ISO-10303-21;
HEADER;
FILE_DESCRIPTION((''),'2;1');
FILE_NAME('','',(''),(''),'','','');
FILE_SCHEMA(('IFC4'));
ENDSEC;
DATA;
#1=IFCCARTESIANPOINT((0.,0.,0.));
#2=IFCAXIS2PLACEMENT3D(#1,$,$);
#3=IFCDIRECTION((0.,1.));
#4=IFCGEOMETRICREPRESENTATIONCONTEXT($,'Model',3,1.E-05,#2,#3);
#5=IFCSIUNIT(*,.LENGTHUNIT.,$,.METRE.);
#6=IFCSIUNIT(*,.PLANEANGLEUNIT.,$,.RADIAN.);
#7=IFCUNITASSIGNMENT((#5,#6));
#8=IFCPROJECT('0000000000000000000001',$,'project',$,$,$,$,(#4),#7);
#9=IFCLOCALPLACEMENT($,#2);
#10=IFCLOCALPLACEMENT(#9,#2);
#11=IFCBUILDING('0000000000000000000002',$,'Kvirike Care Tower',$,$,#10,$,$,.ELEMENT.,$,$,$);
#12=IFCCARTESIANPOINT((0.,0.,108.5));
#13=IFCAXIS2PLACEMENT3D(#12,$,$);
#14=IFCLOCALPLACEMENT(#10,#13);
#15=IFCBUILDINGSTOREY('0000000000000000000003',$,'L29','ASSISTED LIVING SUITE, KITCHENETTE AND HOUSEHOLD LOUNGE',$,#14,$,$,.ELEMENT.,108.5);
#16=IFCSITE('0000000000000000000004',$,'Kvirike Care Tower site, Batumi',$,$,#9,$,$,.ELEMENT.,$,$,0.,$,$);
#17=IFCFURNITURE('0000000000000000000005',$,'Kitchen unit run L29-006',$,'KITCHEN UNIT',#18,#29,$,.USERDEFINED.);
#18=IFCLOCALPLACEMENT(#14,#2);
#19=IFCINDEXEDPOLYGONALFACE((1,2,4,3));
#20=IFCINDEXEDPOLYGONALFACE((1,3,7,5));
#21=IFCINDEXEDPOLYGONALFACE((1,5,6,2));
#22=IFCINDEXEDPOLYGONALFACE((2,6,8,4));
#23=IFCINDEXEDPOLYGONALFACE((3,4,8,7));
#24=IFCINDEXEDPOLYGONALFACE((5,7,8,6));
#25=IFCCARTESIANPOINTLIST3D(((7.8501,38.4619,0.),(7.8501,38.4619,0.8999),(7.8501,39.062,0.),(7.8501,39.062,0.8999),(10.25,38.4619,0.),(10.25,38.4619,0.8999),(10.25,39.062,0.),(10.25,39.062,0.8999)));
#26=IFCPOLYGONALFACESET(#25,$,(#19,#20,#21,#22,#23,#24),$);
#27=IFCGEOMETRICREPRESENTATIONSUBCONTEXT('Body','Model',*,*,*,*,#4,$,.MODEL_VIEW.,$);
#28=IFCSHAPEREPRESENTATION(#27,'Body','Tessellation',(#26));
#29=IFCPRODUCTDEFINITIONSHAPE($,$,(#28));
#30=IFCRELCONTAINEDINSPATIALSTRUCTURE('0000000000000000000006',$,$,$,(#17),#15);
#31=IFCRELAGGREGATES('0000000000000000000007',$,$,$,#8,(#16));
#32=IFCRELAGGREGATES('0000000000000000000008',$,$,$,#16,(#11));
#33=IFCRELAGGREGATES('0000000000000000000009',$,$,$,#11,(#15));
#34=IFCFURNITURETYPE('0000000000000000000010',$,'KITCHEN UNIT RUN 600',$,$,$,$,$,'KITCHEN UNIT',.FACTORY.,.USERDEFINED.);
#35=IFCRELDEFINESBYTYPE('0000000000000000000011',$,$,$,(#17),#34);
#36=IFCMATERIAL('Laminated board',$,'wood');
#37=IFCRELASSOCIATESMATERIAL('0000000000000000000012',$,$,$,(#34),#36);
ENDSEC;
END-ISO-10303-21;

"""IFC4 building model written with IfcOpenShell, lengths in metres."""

from ifc_helpers import new_model, si_unit, direction, frame, origin, origin_2d, place, context, subcontext, project, spatial, rectangle, extrude, material, type_object, element, save


model = new_model("IFC4")

# Units and contexts
model_context = context("Model", 3, precision=1e-05, world=origin(), true_north=direction((0.0, 1.0)))
body_context = subcontext(model_context, "Body", "Model", "MODEL_VIEW")
ifc_project = project(units=[si_unit("LENGTHUNIT", "METRE"), si_unit("PLANEANGLEUNIT", "RADIAN")], contexts=[model_context])

# Site, building, storey
site_placement = place(None, origin())
site = spatial("IfcSite", under=ifc_project, at=site_placement, Name="Kvirike Care Tower site, Batumi", CompositionType="ELEMENT", RefElevation=0.0)
building_placement = place(site_placement, origin())
building = spatial("IfcBuilding", under=site, at=building_placement, Name="Kvirike Care Tower", CompositionType="ELEMENT")
storey_placement = place(building_placement, frame((0.0, 0.0, 108.5)))
storey = spatial("IfcBuildingStorey", under=building, at=storey_placement, Name="L29", Description="ASSISTED LIVING SUITE, KITCHENETTE AND HOUSEHOLD LOUNGE", CompositionType="ELEMENT", Elevation=108.5)

# Furniture
ifc_material_1 = material(Name="Laminated board", Category="wood")
furniture_type = type_object("IfcFurnitureType", Name="KITCHEN UNIT RUN 600", ElementType="KITCHEN UNIT", AssemblyPlace="FACTORY", PredefinedType="USERDEFINED", material=ifc_material_1)
furniture_placement = place(storey_placement, frame((9.05, 38.762, 0.0), z_axis=(0.0, 0.0, 1.0), x_axis=(-1.0, 0.0, 0.0)))
element("IfcFurniture", 1, at=furniture_placement, inside=storey, type_object=furniture_type, Name="Kitchen unit run L29-006", ObjectType="KITCHEN UNIT", PredefinedType="USERDEFINED", context=body_context, shape_type="SweptSolid", body=[
    extrude(rectangle(XDim=2.3999, YDim=0.6001, at=origin_2d()), origin(), (0.0, 0.0, 1.0), 0.8999),
])

save(model, "model.ifc")
